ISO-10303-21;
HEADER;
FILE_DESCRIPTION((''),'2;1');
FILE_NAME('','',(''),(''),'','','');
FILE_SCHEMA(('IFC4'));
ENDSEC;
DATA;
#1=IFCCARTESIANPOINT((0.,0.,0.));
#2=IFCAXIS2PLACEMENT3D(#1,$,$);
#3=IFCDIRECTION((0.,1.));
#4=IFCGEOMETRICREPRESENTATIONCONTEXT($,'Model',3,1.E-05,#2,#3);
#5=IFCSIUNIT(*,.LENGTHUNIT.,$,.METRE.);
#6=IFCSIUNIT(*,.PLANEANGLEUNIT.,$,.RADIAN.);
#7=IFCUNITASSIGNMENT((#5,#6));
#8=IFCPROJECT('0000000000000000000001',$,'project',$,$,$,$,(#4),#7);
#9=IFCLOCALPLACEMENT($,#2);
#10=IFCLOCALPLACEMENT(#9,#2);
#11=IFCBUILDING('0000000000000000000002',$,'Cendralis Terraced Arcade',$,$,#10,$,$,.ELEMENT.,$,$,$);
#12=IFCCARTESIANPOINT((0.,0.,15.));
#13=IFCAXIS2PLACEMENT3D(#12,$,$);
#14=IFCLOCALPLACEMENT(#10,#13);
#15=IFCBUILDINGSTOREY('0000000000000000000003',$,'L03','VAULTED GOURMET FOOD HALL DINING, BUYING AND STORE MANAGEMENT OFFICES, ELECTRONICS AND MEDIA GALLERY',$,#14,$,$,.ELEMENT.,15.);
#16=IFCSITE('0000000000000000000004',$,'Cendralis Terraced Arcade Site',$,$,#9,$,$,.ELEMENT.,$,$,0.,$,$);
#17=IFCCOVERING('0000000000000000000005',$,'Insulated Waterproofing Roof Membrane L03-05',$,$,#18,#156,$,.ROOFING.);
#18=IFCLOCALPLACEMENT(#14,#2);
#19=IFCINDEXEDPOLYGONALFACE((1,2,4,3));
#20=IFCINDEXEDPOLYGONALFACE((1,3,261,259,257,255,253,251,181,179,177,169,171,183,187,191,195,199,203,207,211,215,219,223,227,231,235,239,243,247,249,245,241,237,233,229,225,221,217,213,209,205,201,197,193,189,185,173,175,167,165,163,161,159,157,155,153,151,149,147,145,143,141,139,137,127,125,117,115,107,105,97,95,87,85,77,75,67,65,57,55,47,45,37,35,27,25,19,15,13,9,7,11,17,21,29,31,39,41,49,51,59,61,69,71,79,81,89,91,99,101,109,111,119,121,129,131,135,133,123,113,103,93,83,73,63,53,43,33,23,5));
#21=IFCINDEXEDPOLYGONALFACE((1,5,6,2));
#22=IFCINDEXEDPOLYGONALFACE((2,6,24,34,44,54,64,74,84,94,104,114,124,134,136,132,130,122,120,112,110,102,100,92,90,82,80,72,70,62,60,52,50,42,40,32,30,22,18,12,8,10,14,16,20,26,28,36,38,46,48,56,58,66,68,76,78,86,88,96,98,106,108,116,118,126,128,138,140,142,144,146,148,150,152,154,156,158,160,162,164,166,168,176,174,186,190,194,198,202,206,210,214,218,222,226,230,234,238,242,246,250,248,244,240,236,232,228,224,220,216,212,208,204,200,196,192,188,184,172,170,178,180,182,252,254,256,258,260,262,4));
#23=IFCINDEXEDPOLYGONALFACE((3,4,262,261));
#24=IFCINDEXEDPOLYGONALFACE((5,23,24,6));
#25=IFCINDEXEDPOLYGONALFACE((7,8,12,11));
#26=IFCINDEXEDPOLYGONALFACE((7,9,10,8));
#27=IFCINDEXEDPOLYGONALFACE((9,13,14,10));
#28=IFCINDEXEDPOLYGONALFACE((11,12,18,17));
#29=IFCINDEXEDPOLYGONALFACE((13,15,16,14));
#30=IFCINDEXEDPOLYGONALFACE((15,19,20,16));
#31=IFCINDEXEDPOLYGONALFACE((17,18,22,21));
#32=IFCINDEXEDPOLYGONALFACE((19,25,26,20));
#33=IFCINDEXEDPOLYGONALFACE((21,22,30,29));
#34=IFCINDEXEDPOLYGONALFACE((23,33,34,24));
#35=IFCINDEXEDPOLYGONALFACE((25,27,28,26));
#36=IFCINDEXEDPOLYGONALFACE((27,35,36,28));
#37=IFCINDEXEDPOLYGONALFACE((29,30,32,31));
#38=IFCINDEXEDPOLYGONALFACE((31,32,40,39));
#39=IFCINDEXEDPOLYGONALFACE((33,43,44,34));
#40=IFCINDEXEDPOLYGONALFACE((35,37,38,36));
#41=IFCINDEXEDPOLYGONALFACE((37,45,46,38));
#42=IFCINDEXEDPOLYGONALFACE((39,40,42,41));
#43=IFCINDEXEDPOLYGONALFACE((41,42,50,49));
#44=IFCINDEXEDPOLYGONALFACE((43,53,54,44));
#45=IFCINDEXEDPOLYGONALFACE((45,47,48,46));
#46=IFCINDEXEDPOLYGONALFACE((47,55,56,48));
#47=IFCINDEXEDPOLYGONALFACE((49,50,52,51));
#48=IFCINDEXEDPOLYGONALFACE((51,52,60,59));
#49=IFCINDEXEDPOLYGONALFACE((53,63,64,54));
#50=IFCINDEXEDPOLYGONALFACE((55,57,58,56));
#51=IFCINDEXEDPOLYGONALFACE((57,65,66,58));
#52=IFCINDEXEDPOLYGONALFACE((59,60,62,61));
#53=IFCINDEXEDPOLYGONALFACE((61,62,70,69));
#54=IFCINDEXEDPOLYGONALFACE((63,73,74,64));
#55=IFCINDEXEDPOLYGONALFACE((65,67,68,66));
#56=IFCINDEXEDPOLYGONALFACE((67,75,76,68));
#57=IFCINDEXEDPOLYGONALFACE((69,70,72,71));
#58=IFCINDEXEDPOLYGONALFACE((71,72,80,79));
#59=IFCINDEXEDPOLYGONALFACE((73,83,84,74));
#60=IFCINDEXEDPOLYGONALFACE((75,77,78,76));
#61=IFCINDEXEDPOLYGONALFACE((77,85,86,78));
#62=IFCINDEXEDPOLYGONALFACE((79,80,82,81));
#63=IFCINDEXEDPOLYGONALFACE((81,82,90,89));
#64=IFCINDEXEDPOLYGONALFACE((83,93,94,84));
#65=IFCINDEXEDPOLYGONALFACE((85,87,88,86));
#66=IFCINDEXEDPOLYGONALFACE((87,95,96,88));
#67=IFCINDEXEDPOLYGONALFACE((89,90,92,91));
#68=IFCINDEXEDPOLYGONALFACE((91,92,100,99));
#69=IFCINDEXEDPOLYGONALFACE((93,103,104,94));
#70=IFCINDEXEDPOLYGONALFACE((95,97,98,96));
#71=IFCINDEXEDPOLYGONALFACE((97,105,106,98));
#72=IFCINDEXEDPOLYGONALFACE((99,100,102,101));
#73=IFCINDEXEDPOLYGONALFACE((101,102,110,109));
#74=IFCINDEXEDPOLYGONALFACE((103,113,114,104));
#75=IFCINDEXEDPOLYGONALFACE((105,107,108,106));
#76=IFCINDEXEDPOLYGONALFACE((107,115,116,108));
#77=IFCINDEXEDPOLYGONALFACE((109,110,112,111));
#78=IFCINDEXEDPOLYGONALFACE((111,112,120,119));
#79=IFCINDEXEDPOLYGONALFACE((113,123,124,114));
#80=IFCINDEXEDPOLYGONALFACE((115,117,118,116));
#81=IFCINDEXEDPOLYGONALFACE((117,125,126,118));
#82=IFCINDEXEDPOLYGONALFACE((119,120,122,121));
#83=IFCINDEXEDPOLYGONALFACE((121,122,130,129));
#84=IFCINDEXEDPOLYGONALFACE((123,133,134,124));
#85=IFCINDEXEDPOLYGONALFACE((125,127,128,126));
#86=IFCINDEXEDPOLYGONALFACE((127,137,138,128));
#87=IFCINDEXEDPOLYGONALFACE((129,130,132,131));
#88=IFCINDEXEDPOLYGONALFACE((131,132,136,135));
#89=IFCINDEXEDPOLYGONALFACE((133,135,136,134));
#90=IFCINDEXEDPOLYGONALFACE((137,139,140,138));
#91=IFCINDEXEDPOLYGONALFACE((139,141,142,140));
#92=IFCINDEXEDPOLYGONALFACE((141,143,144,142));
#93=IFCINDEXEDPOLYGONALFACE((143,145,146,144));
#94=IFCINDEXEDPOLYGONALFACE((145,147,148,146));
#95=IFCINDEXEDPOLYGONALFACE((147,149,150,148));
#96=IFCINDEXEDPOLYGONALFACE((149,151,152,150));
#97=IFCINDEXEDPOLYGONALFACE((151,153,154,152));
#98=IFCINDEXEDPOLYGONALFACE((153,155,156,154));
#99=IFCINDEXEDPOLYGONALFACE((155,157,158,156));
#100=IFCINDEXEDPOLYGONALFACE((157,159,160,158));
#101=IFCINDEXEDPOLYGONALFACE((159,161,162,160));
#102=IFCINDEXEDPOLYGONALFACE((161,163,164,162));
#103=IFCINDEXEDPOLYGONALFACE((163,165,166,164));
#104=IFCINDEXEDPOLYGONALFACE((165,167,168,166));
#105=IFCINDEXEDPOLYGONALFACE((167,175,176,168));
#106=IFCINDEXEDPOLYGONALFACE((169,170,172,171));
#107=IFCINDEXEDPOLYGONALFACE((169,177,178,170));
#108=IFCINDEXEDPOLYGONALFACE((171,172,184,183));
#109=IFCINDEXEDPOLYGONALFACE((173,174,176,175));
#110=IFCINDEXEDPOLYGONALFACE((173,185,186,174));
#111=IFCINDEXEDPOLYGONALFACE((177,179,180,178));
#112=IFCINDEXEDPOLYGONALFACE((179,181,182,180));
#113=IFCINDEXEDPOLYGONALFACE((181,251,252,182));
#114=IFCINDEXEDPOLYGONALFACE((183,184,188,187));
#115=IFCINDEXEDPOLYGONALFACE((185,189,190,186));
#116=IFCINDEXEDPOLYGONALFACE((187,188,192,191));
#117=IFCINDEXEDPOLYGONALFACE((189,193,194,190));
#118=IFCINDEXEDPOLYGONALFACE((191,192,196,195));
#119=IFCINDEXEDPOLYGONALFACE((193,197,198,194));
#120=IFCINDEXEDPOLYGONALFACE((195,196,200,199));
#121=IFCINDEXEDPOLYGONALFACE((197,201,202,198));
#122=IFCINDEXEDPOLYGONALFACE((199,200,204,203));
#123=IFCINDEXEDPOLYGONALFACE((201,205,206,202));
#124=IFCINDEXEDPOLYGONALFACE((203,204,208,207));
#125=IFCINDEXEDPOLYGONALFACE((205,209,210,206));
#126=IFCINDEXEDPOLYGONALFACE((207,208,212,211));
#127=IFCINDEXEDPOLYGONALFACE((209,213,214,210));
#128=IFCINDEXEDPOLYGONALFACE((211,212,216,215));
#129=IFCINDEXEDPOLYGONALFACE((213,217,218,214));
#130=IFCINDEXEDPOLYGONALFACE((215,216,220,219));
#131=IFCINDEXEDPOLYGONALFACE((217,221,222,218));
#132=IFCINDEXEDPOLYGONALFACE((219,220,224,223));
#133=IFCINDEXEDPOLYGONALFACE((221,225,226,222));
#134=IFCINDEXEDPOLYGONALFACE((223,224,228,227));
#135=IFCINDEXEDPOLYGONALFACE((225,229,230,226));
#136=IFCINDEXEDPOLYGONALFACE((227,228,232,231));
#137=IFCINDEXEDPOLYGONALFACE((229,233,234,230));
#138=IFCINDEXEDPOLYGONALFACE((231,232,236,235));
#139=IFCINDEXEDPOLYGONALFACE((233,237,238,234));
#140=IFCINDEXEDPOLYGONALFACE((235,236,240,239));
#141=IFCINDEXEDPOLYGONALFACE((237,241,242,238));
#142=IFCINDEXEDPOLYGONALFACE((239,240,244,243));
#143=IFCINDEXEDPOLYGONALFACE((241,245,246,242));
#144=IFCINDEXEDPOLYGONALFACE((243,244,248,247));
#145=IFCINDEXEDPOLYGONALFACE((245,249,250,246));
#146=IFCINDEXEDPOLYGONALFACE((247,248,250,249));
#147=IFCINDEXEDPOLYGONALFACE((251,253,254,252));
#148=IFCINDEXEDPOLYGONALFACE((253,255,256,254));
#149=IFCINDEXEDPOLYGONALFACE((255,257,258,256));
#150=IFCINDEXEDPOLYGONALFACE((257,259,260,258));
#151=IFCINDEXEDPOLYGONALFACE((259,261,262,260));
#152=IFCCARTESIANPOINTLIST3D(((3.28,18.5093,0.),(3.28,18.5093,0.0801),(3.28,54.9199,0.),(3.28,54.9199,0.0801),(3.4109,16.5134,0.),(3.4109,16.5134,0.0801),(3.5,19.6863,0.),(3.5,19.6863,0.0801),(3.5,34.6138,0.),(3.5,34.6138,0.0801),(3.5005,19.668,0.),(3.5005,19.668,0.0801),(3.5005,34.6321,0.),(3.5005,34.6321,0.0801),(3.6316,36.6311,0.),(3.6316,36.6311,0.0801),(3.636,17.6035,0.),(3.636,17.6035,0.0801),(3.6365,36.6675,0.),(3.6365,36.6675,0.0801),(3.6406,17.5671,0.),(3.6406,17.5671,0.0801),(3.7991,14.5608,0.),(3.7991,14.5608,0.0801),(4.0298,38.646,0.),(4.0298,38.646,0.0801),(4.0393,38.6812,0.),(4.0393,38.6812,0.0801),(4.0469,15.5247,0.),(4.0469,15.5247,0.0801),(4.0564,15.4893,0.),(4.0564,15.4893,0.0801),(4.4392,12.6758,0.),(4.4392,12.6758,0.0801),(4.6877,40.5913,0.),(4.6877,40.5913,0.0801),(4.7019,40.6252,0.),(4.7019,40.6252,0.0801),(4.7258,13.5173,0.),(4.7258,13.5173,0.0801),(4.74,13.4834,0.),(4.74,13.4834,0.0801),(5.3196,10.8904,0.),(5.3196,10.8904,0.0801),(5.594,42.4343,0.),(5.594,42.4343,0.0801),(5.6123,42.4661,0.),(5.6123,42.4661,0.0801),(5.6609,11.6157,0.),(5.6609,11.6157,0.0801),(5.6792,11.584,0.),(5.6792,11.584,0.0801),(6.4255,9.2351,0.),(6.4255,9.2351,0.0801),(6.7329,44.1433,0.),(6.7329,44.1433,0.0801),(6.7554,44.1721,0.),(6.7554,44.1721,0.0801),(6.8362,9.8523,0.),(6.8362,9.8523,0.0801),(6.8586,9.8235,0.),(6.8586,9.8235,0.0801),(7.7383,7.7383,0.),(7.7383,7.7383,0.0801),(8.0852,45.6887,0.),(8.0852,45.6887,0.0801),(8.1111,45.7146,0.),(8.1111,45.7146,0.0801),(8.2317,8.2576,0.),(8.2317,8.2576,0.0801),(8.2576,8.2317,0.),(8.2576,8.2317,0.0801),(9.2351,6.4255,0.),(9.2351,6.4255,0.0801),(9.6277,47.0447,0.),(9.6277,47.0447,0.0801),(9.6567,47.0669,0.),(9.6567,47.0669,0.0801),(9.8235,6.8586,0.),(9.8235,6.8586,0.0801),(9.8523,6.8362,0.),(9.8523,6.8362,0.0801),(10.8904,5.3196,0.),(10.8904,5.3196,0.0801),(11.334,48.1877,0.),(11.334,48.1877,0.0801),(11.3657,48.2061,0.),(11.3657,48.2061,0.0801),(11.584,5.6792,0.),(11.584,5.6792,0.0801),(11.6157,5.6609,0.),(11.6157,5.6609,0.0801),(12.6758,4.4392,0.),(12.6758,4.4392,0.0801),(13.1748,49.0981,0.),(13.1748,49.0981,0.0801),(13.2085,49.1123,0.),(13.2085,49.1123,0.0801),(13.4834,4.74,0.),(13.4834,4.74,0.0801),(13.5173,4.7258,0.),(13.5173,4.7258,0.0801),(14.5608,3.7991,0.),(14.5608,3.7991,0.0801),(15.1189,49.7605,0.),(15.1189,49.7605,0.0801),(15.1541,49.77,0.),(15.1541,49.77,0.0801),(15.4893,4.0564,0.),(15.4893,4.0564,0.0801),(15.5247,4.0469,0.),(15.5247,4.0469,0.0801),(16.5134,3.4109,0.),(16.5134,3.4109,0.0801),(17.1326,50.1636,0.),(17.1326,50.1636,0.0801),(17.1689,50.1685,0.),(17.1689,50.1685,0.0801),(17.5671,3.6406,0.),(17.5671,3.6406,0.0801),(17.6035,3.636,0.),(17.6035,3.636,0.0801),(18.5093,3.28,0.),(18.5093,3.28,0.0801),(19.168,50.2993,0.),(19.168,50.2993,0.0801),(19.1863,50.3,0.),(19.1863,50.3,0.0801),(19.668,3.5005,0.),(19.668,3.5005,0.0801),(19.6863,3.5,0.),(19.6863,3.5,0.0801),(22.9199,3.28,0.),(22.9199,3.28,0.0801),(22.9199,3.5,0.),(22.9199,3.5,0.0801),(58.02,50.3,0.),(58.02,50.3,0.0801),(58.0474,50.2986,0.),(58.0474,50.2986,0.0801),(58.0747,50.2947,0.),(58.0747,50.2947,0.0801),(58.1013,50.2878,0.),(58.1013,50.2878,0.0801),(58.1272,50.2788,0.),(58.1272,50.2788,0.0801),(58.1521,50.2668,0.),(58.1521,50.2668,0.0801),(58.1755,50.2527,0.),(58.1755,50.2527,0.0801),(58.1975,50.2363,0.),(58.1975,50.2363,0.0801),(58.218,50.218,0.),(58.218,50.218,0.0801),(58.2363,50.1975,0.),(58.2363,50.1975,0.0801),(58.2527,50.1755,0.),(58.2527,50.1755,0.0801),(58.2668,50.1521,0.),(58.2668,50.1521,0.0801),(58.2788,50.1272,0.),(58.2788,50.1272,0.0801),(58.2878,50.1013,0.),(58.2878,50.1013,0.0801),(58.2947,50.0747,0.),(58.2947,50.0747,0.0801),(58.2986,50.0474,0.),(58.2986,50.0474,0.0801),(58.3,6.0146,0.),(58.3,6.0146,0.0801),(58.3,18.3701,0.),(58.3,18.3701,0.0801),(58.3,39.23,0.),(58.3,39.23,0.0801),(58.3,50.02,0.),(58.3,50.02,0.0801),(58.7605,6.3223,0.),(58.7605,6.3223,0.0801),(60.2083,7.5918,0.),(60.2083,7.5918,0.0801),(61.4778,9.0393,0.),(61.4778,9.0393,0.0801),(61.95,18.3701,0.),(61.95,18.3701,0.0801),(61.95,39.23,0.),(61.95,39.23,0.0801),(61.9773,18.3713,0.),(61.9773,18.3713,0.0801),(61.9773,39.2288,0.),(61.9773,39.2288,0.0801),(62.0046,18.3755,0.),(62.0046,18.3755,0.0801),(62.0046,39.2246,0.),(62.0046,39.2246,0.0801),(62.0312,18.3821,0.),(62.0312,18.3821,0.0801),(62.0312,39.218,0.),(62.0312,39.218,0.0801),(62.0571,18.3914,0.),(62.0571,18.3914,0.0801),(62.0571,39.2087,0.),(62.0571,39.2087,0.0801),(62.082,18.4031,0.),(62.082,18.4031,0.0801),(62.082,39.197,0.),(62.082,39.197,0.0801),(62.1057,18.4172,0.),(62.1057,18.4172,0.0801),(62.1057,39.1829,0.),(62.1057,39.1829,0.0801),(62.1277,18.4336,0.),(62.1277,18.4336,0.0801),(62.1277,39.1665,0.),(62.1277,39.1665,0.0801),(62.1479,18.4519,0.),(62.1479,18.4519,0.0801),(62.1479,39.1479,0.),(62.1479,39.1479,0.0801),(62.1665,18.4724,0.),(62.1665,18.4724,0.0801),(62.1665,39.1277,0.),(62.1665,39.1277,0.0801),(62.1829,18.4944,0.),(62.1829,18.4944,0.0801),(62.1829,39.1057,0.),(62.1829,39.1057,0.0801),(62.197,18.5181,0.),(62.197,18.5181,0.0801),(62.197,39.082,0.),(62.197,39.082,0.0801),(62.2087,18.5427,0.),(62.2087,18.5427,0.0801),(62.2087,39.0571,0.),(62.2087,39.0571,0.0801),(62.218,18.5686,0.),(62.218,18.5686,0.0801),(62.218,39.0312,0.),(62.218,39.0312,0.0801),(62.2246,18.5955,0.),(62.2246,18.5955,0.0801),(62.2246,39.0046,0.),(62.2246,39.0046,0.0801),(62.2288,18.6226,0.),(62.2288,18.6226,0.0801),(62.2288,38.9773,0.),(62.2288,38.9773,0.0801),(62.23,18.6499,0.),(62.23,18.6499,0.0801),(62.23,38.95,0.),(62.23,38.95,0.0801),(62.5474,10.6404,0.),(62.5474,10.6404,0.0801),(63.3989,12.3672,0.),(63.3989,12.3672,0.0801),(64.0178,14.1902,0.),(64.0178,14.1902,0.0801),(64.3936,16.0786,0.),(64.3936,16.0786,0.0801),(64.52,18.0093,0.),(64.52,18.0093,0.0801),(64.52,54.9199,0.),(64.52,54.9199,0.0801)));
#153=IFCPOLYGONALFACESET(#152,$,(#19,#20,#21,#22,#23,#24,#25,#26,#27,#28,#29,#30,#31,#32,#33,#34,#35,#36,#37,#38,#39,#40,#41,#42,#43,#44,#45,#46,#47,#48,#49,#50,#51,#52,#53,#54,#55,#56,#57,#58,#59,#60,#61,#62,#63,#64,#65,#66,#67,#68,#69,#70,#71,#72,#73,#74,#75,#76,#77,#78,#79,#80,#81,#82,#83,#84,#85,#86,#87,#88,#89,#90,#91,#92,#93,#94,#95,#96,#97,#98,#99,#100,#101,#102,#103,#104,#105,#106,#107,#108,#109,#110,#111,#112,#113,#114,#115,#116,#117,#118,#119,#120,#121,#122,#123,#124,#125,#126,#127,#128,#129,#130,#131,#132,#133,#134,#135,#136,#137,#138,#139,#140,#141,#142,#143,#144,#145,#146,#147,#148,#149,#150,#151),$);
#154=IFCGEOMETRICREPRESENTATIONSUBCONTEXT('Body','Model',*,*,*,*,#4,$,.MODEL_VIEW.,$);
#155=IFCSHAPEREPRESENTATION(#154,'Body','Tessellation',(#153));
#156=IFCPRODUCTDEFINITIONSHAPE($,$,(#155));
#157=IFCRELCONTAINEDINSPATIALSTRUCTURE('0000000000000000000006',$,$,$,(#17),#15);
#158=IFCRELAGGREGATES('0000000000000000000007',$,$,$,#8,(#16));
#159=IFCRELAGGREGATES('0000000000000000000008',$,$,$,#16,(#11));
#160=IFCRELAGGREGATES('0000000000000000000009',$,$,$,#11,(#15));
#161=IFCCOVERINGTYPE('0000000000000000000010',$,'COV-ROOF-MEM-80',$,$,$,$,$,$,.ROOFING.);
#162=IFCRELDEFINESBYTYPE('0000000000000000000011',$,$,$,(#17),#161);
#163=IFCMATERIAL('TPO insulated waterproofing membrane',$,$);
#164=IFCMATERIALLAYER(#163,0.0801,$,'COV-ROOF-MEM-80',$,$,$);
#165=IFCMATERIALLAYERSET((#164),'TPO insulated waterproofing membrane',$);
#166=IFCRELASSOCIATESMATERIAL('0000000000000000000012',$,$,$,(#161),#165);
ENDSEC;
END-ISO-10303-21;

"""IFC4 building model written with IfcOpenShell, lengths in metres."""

from ifc_helpers import new_model, si_unit, direction, frame, origin, place, context, subcontext, project, spatial, polyline, outline, extrude, material, layer, layer_set, type_object, element, save


model = new_model("IFC4")

# Units and contexts
model_context = context("Model", 3, precision=1e-05, world=origin(), true_north=direction((0.0, 1.0)))
body_context = subcontext(model_context, "Body", "Model", "MODEL_VIEW")
ifc_project = project(units=[si_unit("LENGTHUNIT", "METRE"), si_unit("PLANEANGLEUNIT", "RADIAN")], contexts=[model_context])

# Site, building, storey
site_placement = place(None, origin())
site = spatial("IfcSite", under=ifc_project, at=site_placement, Name="Cendralis Terraced Arcade Site", CompositionType="ELEMENT", RefElevation=0.0)
building_placement = place(site_placement, origin())
building = spatial("IfcBuilding", under=site, at=building_placement, Name="Cendralis Terraced Arcade", CompositionType="ELEMENT")
storey_placement = place(building_placement, frame((0.0, 0.0, 15.0)))
storey = spatial("IfcBuildingStorey", under=building, at=storey_placement, Name="L03", Description="VAULTED GOURMET FOOD HALL DINING, BUYING AND STORE MANAGEMENT OFFICES, ELECTRONICS AND MEDIA GALLERY", CompositionType="ELEMENT", Elevation=15.0)

# Covering
ifc_material_1 = material(Name="TPO insulated waterproofing membrane")
ifc_layer_1 = layer(ifc_material_1, 0.0801, Name="COV-ROOF-MEM-80")
ifc_layer_set_1 = layer_set([ifc_layer_1], Name="TPO insulated waterproofing membrane")
covering_type_1 = type_object("IfcCoveringType", Name="COV-ROOF-MEM-80", PredefinedType="ROOFING", material=ifc_layer_set_1)
covering_1_placement = place(storey_placement, origin())
element("IfcCovering", 1, at=covering_1_placement, inside=storey, type_object=covering_type_1, Name="Insulated Waterproofing Roof Membrane L03-05", PredefinedType="ROOFING", context=body_context, shape_type="SweptSolid", body=[
    extrude(outline(polyline([(62.5474, 10.6404), (61.4778, 9.0393), (60.2083, 7.5918), (58.7605, 6.3223), (58.3, 6.0146), (58.3, 18.3701), (61.95, 18.3701), (61.9773, 18.3713), (62.0046, 18.3755), (62.0312, 18.3821), (62.0571, 18.3914), (62.082, 18.4031), (62.1057, 18.4172), (62.1277, 18.4336), (62.1479, 18.4519), (62.1665, 18.4724), (62.1829, 18.4944), (62.197, 18.5181), (62.2087, 18.5427), (62.218, 18.5686), (62.2246, 18.5955), (62.2288, 18.6226), (62.23, 18.6499), (62.23, 38.95), (62.2288, 38.9773), (62.2246, 39.0046), (62.218, 39.0312), (62.2087, 39.0571), (62.197, 39.082), (62.1829, 39.1057), (62.1665, 39.1277), (62.1479, 39.1479), (62.1277, 39.1665), (62.1057, 39.1829), (62.082, 39.197), (62.0571, 39.2087), (62.0312, 39.218), (62.0046, 39.2246), (61.9773, 39.2288), (61.95, 39.23), (58.3, 39.23), (58.3, 50.02), (58.2986, 50.0474), (58.2947, 50.0747), (58.2878, 50.1013), (58.2788, 50.1272), (58.2668, 50.1521), (58.2527, 50.1755), (58.2363, 50.1975), (58.218, 50.218), (58.1975, 50.2363), (58.1755, 50.2527), (58.1521, 50.2668), (58.1272, 50.2788), (58.1013, 50.2878), (58.0747, 50.2947), (58.0474, 50.2986), (58.02, 50.3), (19.1863, 50.3), (19.168, 50.2993), (17.1689, 50.1685), (17.1326, 50.1636), (15.1541, 49.77), (15.1189, 49.7605), (13.2085, 49.1123), (13.1748, 49.0981), (11.3657, 48.2061), (11.334, 48.1877), (9.6567, 47.0669), (9.6277, 47.0447), (8.1111, 45.7146), (8.0852, 45.6887), (6.7554, 44.1721), (6.7329, 44.1433), (5.6123, 42.4661), (5.594, 42.4343), (4.7019, 40.6252), (4.6877, 40.5913), (4.0393, 38.6812), (4.0298, 38.646), (3.6365, 36.6675), (3.6316, 36.6311), (3.5005, 34.6321), (3.5, 34.6138), (3.5, 19.6863), (3.5005, 19.668), (3.636, 17.6035), (3.6406, 17.5671), (4.0469, 15.5247), (4.0564, 15.4893), (4.7258, 13.5173), (4.74, 13.4834), (5.6609, 11.6157), (5.6792, 11.584), (6.8362, 9.8523), (6.8586, 9.8235), (8.2317, 8.2576), (8.2576, 8.2317), (9.8235, 6.8586), (9.8523, 6.8362), (11.584, 5.6792), (11.6157, 5.6609), (13.4834, 4.74), (13.5173, 4.7258), (15.4893, 4.0564), (15.5247, 4.0469), (17.5671, 3.6406), (17.6035, 3.636), (19.668, 3.5005), (19.6863, 3.5), (22.9199, 3.5), (22.9199, 3.28), (18.5093, 3.28), (16.5134, 3.4109), (14.5608, 3.7991), (12.6758, 4.4392), (10.8904, 5.3196), (9.2351, 6.4255), (7.7383, 7.7383), (6.4255, 9.2351), (5.3196, 10.8904), (4.4392, 12.6758), (3.7991, 14.5608), (3.4109, 16.5134), (3.28, 18.5093), (3.28, 54.9199), (64.52, 54.9199), (64.52, 18.0093), (64.3936, 16.0786), (64.0178, 14.1902), (63.3989, 12.3672), (62.5474, 10.6404)])), origin(), (0.0, 0.0, 1.0), 0.0801),
])

save(model, "model.ifc")
